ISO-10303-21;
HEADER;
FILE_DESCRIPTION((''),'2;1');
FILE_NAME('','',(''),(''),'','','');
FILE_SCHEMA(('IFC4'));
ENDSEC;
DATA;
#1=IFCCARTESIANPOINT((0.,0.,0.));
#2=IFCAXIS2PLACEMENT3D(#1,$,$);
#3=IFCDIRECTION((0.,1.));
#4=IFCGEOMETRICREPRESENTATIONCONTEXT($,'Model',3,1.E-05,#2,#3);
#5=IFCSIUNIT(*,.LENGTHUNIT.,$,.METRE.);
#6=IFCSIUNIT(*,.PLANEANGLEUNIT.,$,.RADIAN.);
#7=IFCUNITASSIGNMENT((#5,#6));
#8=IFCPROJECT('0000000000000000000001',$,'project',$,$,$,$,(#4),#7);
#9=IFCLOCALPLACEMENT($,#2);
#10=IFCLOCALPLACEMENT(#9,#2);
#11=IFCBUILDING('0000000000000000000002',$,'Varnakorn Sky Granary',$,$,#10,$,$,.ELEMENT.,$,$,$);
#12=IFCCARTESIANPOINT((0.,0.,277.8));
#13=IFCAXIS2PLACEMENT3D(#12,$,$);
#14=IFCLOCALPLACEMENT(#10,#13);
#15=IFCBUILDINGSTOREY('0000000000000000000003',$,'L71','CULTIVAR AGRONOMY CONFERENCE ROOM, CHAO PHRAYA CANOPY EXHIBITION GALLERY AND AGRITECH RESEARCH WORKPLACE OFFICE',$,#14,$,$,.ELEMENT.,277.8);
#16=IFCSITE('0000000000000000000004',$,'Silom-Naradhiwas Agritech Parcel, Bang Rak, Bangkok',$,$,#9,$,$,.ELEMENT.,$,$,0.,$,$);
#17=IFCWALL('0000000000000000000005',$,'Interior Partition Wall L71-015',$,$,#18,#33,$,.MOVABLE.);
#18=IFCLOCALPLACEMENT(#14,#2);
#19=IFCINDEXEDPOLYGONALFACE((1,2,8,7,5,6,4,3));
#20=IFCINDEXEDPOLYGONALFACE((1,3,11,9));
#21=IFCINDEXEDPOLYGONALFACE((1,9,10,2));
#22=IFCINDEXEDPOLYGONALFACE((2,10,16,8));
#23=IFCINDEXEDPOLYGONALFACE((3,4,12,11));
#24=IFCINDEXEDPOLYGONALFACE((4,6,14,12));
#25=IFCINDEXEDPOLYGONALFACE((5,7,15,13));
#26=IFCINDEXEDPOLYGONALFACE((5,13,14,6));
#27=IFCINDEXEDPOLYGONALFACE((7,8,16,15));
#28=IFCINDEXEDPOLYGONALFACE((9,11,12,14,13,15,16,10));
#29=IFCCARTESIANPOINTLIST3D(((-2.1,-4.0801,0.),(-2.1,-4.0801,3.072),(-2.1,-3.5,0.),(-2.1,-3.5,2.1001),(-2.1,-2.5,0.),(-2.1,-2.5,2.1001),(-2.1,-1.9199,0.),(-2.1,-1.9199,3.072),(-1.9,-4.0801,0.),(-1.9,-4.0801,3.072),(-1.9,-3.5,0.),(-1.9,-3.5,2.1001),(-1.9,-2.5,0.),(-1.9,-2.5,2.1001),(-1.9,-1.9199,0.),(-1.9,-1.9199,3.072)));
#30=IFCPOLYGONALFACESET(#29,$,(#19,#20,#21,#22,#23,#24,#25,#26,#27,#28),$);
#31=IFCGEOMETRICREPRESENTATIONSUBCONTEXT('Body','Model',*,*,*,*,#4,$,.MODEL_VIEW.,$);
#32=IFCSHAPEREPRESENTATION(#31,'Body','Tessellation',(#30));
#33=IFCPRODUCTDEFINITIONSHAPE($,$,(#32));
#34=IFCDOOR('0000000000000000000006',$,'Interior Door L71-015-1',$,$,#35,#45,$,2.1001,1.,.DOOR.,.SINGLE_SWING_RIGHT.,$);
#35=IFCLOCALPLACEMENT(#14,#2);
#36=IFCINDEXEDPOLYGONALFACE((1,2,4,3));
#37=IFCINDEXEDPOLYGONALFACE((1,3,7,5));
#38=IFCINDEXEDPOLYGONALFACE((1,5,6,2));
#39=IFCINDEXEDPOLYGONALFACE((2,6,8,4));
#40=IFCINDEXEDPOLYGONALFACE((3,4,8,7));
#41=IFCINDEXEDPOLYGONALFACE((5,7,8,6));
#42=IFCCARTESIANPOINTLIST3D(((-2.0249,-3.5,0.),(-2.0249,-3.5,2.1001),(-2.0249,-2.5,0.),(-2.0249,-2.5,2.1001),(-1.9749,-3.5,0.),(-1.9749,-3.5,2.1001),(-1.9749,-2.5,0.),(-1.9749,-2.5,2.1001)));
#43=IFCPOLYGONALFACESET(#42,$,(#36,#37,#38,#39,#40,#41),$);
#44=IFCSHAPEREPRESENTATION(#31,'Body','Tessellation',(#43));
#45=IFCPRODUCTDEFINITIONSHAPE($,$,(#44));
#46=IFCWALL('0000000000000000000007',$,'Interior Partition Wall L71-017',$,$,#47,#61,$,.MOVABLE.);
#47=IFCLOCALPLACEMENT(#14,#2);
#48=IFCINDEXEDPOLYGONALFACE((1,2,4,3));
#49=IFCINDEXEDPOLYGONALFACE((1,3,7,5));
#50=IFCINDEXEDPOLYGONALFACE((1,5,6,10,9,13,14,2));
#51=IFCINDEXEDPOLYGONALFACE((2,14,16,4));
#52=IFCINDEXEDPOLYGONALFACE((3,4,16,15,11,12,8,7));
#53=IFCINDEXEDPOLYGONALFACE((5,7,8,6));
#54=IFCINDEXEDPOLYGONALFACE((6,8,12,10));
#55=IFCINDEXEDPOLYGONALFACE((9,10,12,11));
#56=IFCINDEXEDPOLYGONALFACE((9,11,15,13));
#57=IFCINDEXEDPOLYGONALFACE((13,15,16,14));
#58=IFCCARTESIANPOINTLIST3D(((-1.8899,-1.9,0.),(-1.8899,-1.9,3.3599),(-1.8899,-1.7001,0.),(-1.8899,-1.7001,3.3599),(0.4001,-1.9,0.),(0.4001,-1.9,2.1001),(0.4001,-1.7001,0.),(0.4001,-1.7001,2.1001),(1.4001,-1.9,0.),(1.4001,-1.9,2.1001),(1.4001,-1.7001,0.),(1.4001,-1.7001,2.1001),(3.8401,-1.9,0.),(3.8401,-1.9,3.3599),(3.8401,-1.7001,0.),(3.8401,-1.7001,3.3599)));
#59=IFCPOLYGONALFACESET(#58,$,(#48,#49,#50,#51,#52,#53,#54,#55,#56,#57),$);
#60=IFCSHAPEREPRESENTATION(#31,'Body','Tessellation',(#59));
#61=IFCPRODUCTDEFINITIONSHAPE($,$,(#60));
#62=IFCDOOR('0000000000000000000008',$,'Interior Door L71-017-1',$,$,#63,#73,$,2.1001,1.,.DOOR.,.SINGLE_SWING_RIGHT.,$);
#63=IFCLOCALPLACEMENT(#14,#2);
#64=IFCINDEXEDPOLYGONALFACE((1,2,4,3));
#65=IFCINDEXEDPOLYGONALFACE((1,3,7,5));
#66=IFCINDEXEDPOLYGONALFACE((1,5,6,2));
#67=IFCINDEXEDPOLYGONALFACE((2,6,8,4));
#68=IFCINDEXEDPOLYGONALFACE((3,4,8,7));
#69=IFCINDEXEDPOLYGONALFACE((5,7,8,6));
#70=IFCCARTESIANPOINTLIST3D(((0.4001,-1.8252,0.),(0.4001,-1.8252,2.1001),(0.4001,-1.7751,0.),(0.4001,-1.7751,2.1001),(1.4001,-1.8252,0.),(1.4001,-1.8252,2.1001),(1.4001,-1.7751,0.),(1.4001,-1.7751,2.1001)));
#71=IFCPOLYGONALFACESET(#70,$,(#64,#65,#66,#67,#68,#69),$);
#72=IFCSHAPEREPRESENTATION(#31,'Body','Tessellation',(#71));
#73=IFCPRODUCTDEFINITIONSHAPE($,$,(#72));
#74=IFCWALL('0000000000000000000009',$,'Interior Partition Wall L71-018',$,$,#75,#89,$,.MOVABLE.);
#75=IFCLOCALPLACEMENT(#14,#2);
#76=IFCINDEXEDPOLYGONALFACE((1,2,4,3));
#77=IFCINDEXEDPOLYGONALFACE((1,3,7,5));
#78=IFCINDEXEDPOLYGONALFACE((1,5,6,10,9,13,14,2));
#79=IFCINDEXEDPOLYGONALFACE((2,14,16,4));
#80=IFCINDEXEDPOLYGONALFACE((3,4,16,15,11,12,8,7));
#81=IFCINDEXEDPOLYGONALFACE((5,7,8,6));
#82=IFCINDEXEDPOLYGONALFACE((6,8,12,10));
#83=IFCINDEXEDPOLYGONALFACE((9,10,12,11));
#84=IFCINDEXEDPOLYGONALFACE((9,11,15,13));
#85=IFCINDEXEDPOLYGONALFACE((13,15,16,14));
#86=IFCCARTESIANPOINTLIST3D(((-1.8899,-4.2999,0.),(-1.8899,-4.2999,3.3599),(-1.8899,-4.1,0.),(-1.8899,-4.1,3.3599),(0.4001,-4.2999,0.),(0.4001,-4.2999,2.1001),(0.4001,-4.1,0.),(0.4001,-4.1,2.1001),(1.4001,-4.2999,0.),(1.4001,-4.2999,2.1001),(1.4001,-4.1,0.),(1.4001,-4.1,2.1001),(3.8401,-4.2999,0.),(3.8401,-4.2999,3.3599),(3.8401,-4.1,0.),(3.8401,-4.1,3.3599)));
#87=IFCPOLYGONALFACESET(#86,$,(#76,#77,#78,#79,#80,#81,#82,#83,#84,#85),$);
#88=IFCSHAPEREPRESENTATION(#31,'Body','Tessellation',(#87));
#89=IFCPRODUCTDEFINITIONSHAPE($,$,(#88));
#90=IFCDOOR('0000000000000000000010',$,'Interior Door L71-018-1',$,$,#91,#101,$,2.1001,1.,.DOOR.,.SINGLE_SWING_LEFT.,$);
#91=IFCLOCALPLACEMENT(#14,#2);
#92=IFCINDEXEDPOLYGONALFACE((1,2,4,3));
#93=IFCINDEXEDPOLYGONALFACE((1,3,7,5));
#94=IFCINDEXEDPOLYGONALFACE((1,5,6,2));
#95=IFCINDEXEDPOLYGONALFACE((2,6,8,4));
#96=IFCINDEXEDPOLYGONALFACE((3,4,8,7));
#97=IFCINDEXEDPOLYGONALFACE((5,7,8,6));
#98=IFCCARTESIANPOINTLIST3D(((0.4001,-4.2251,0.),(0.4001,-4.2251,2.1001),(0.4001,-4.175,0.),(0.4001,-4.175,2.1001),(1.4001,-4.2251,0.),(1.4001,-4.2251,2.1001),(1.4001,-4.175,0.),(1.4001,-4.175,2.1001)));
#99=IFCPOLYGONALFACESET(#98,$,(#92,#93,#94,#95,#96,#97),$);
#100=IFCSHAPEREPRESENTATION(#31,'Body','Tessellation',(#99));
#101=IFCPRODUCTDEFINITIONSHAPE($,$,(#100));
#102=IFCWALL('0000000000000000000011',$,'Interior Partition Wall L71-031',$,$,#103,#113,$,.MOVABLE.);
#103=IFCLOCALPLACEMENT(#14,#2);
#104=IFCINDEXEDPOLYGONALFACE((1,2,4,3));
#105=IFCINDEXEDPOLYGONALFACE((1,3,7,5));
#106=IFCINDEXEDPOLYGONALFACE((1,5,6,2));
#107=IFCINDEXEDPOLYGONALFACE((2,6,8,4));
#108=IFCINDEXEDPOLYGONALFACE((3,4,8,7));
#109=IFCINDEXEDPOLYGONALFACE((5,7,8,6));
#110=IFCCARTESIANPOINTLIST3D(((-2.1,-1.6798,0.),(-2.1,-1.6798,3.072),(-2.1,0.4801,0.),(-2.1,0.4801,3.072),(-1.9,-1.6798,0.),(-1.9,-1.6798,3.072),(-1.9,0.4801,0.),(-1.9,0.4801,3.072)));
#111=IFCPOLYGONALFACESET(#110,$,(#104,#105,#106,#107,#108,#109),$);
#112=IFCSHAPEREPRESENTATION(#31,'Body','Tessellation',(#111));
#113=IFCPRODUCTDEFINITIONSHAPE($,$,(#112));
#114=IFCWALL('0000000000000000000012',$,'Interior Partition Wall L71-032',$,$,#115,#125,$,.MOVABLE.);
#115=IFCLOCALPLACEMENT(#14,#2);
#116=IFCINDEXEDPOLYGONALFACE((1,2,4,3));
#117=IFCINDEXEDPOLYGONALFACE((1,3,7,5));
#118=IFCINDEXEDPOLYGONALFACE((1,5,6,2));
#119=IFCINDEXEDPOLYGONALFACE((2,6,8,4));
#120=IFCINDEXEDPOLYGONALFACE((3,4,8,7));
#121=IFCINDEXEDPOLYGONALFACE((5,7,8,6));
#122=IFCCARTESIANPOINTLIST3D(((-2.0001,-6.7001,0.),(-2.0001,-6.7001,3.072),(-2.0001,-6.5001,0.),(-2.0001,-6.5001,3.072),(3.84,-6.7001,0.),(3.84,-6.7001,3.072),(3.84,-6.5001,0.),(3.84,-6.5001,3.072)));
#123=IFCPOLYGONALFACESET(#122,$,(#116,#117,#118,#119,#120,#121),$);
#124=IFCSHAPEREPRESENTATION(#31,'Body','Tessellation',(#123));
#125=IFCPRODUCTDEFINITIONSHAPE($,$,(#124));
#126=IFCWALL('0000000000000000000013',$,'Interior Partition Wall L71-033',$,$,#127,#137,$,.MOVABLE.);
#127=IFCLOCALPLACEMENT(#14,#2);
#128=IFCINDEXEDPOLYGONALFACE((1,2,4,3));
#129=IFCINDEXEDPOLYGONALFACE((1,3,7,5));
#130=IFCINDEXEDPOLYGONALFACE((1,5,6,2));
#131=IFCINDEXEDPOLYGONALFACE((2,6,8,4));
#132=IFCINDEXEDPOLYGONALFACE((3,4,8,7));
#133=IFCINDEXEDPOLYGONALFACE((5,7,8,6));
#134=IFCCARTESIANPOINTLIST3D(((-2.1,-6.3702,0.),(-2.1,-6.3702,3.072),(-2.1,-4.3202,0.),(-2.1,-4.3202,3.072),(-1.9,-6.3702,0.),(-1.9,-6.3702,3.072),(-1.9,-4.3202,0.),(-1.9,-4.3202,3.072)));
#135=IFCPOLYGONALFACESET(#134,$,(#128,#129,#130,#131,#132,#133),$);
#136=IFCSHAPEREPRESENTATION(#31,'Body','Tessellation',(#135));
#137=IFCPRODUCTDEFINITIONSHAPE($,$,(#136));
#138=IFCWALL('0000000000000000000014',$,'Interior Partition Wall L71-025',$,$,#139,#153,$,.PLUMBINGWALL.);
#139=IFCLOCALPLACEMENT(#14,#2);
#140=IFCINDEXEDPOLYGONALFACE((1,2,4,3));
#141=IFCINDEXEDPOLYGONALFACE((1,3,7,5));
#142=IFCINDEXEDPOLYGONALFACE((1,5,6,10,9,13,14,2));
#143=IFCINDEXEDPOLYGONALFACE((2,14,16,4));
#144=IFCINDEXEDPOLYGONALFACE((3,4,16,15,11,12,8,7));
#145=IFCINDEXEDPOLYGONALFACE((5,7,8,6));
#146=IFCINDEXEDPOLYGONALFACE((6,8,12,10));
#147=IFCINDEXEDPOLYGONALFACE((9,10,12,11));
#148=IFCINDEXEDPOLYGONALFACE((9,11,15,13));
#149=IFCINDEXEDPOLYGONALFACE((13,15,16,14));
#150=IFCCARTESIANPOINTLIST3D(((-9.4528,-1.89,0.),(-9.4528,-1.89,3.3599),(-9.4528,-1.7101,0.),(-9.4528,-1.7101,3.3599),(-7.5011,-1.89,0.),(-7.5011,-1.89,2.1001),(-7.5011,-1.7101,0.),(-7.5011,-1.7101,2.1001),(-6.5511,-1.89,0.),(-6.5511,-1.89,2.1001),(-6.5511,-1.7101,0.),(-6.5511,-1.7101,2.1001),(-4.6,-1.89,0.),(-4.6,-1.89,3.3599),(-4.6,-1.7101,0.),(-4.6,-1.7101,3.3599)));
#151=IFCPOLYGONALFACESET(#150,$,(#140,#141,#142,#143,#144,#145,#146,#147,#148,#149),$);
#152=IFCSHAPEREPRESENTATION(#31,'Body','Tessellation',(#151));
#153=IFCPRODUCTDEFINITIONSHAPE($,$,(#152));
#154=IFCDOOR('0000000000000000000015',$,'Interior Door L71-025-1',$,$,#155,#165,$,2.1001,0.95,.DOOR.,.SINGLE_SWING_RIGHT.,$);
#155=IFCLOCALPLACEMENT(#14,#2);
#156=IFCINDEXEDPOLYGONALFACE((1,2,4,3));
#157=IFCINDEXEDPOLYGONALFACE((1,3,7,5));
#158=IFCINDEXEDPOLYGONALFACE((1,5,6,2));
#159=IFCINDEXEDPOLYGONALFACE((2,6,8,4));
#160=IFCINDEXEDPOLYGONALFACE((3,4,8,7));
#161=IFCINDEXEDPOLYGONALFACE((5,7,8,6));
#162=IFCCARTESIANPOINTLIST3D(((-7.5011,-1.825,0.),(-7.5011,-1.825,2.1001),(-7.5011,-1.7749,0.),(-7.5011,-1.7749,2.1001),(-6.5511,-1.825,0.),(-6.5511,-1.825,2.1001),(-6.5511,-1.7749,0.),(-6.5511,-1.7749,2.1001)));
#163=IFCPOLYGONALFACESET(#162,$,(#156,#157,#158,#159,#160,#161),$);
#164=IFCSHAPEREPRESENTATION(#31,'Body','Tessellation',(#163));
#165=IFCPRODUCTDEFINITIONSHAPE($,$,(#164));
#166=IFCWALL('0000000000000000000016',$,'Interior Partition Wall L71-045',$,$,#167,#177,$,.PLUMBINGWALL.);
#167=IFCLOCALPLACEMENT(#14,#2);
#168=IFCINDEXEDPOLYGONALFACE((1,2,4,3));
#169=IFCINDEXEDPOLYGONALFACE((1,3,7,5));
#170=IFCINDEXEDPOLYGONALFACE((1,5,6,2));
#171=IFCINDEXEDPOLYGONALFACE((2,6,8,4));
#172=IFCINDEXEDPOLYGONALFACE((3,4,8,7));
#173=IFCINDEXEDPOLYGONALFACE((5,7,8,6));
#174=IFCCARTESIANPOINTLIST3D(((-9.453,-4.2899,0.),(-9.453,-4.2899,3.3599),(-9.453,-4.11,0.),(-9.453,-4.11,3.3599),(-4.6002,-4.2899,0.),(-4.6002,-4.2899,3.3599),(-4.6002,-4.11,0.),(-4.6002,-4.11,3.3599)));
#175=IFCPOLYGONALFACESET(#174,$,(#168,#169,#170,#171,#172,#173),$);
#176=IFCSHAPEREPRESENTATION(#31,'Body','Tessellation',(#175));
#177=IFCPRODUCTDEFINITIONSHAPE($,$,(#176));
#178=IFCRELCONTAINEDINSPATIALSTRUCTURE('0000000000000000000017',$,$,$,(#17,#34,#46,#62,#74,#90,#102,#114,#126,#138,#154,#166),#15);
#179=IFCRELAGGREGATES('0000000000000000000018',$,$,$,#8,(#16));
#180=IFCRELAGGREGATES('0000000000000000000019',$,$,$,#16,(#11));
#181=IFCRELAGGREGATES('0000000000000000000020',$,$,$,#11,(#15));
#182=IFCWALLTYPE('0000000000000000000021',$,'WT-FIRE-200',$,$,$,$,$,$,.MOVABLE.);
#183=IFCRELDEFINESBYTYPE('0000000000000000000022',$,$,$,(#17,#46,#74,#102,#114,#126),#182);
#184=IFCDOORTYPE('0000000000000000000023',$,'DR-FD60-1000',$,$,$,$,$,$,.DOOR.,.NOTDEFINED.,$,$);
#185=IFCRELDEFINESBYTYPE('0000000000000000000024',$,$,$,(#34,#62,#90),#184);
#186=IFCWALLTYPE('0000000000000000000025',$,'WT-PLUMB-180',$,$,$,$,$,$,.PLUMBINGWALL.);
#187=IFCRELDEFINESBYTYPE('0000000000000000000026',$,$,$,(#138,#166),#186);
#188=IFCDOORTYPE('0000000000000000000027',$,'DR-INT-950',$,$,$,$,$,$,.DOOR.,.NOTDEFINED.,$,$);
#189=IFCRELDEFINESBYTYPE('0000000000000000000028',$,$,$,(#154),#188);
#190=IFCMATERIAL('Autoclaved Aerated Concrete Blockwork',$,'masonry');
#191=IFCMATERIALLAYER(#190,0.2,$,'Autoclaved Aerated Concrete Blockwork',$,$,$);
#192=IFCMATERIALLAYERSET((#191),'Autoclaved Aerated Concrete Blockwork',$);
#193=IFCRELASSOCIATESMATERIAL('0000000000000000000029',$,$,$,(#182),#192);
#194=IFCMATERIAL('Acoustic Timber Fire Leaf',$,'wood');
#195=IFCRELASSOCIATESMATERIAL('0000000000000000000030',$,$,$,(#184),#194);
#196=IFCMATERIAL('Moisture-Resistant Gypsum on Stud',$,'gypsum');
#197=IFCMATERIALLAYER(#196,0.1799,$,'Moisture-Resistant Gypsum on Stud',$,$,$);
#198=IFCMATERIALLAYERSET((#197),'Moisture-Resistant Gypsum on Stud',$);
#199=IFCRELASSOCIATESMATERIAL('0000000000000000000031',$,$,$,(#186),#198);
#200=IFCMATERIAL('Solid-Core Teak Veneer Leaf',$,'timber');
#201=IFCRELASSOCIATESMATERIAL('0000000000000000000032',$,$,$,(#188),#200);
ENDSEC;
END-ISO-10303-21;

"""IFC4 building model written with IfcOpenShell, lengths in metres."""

from ifc_helpers import new_model, si_unit, direction, frame, frame_2d, origin, place, context, subcontext, project, spatial, rectangle, extrude, material, layer, layer_set, type_object, element, fill, save


model = new_model("IFC4")

# Units and contexts
model_context = context("Model", 3, precision=1e-05, world=origin(), true_north=direction((0.0, 1.0)))
body_context = subcontext(model_context, "Body", "Model", "MODEL_VIEW")
ifc_project = project(units=[si_unit("LENGTHUNIT", "METRE"), si_unit("PLANEANGLEUNIT", "RADIAN")], contexts=[model_context])

# Site, building, storey
site_placement = place(None, origin())
site = spatial("IfcSite", under=ifc_project, at=site_placement, Name="Silom-Naradhiwas Agritech Parcel, Bang Rak, Bangkok", CompositionType="ELEMENT", RefElevation=0.0)
building_placement = place(site_placement, origin())
building = spatial("IfcBuilding", under=site, at=building_placement, Name="Varnakorn Sky Granary", CompositionType="ELEMENT")
storey_placement = place(building_placement, frame((0.0, 0.0, 277.8)))
storey = spatial("IfcBuildingStorey", under=building, at=storey_placement, Name="L71", Description="CULTIVAR AGRONOMY CONFERENCE ROOM, CHAO PHRAYA CANOPY EXHIBITION GALLERY AND AGRITECH RESEARCH WORKPLACE OFFICE", CompositionType="ELEMENT", Elevation=277.8)

# Walls, openings, doors
ifc_material_1 = material(Name="Autoclaved Aerated Concrete Blockwork", Category="masonry")
ifc_layer_1 = layer(ifc_material_1, 0.2, Name="Autoclaved Aerated Concrete Blockwork")
ifc_layer_set_1 = layer_set([ifc_layer_1], Name="Autoclaved Aerated Concrete Blockwork")
wall_type_1 = type_object("IfcWallType", Name="WT-FIRE-200", PredefinedType="MOVABLE", material=ifc_layer_set_1)
wall_1_placement = place(storey_placement, frame((-2.0, -4.0801, 0.0), z_axis=(0.0, 0.0, 1.0), x_axis=(0.0, 1.0, 0.0)))
wall_1 = element("IfcWall", 1, at=wall_1_placement, inside=storey, type_object=wall_type_1, Name="Interior Partition Wall L71-015", PredefinedType="MOVABLE", context=body_context, shape_type="SweptSolid", body=[
    extrude(rectangle(XDim=2.1602, YDim=0.2, at=frame_2d((1.0801, 0.0))), origin(), (0.0, 0.0, 1.0), 3.072),
])
opening_1_placement = place(wall_1_placement, frame((0.5801, 0.0, 0.0)))
opening_1 = element("IfcOpeningElement", 2, at=opening_1_placement, cuts=wall_1, PredefinedType="OPENING", context=body_context, shape_type="SweptSolid", body=[
    extrude(rectangle(XDim=1.0, YDim=2.1001, at=frame_2d((0.5, 1.05))), frame((0.0, 0.1099, 0.0), z_axis=(0.0, -1.0, 0.0), x_axis=(1.0, 0.0, 0.0)), (0.0, 0.0, 1.0), 0.22),
])
ifc_material_2 = material(Name="Acoustic Timber Fire Leaf", Category="wood")
door_type_1 = type_object("IfcDoorType", Name="DR-FD60-1000", OperationType="NOTDEFINED", PredefinedType="DOOR", material=ifc_material_2)
door_1_placement = place(opening_1_placement, origin())
door_1 = element("IfcDoor", 3, at=door_1_placement, inside=storey, type_object=door_type_1, Name="Interior Door L71-015-1", OperationType="SINGLE_SWING_RIGHT", OverallHeight=2.1001, OverallWidth=1.0, PredefinedType="DOOR", context=body_context, shape_type="SweptSolid", body=[
    extrude(rectangle(XDim=1.0, YDim=2.1001, at=frame_2d((0.5, 1.05))), frame((0.0, 0.0249, 0.0), z_axis=(0.0, -1.0, 0.0), x_axis=(1.0, 0.0, 0.0)), (0.0, 0.0, 1.0), 0.05),
])
fill(opening_1, door_1)
wall_2_placement = place(storey_placement, frame((-1.8899, -1.8, 0.0), z_axis=(0.0, 0.0, 1.0), x_axis=(1.0, 0.0, 0.0)))
wall_2 = element("IfcWall", 4, at=wall_2_placement, inside=storey, type_object=wall_type_1, Name="Interior Partition Wall L71-017", PredefinedType="MOVABLE", context=body_context, shape_type="SweptSolid", body=[
    extrude(rectangle(XDim=5.73, YDim=0.2, at=frame_2d((2.865, 0.0))), origin(), (0.0, 0.0, 1.0), 3.3599),
])
opening_2_placement = place(wall_2_placement, frame((2.29, 0.0, 0.0)))
opening_2 = element("IfcOpeningElement", 5, at=opening_2_placement, cuts=wall_2, PredefinedType="OPENING", context=body_context, shape_type="SweptSolid", body=[
    extrude(rectangle(XDim=1.0, YDim=2.1001, at=frame_2d((0.5, 1.05))), frame((0.0, 0.1099, 0.0), z_axis=(0.0, -1.0, 0.0), x_axis=(1.0, 0.0, 0.0)), (0.0, 0.0, 1.0), 0.22),
])
door_2_placement = place(opening_2_placement, origin())
door_2 = element("IfcDoor", 6, at=door_2_placement, inside=storey, type_object=door_type_1, Name="Interior Door L71-017-1", OperationType="SINGLE_SWING_RIGHT", OverallHeight=2.1001, OverallWidth=1.0, PredefinedType="DOOR", context=body_context, shape_type="SweptSolid", body=[
    extrude(rectangle(XDim=1.0, YDim=2.1001, at=frame_2d((0.5, 1.05))), frame((0.0, 0.0249, 0.0), z_axis=(0.0, -1.0, 0.0), x_axis=(1.0, 0.0, 0.0)), (0.0, 0.0, 1.0), 0.05),
])
fill(opening_2, door_2)
wall_3_placement = place(storey_placement, frame((-1.8899, -4.2, 0.0), z_axis=(0.0, 0.0, 1.0), x_axis=(1.0, 0.0, 0.0)))
wall_3 = element("IfcWall", 7, at=wall_3_placement, inside=storey, type_object=wall_type_1, Name="Interior Partition Wall L71-018", PredefinedType="MOVABLE", context=body_context, shape_type="SweptSolid", body=[
    extrude(rectangle(XDim=5.73, YDim=0.2, at=frame_2d((2.865, 0.0))), origin(), (0.0, 0.0, 1.0), 3.3599),
])
opening_3_placement = place(wall_3_placement, frame((2.29, 0.0, 0.0)))
opening_3 = element("IfcOpeningElement", 8, at=opening_3_placement, cuts=wall_3, PredefinedType="OPENING", context=body_context, shape_type="SweptSolid", body=[
    extrude(rectangle(XDim=1.0, YDim=2.1001, at=frame_2d((0.5, 1.05))), frame((0.0, 0.1099, 0.0), z_axis=(0.0, -1.0, 0.0), x_axis=(1.0, 0.0, 0.0)), (0.0, 0.0, 1.0), 0.22),
])
door_3_placement = place(opening_3_placement, origin())
door_3 = element("IfcDoor", 9, at=door_3_placement, inside=storey, type_object=door_type_1, Name="Interior Door L71-018-1", OperationType="SINGLE_SWING_LEFT", OverallHeight=2.1001, OverallWidth=1.0, PredefinedType="DOOR", context=body_context, shape_type="SweptSolid", body=[
    extrude(rectangle(XDim=1.0, YDim=2.1001, at=frame_2d((0.5, 1.05))), frame((0.0, 0.0249, 0.0), z_axis=(0.0, -1.0, 0.0), x_axis=(1.0, 0.0, 0.0)), (0.0, 0.0, 1.0), 0.05),
])
fill(opening_3, door_3)

# Walls
wall_4_placement = place(storey_placement, frame((-2.0, -1.6799, 0.0), z_axis=(0.0, 0.0, 1.0), x_axis=(0.0, 1.0, 0.0)))
element("IfcWall", 10, at=wall_4_placement, inside=storey, type_object=wall_type_1, Name="Interior Partition Wall L71-031", PredefinedType="MOVABLE", context=body_context, shape_type="SweptSolid", body=[
    extrude(rectangle(XDim=2.1599, YDim=0.2, at=frame_2d((1.0801, 0.0))), origin(), (0.0, 0.0, 1.0), 3.072),
])
wall_5_placement = place(storey_placement, frame((-2.0, -6.6001, 0.0), z_axis=(0.0, 0.0, 1.0), x_axis=(1.0, 0.0, 0.0)))
element("IfcWall", 11, at=wall_5_placement, inside=storey, type_object=wall_type_1, Name="Interior Partition Wall L71-032", PredefinedType="MOVABLE", context=body_context, shape_type="SweptSolid", body=[
    extrude(rectangle(XDim=5.8401, YDim=0.2, at=frame_2d((2.9199, 0.0))), origin(), (0.0, 0.0, 1.0), 3.072),
])
wall_6_placement = place(storey_placement, frame((-2.0, -6.3701, 0.0), z_axis=(0.0, 0.0, 1.0), x_axis=(0.0, 1.0, 0.0)))
element("IfcWall", 12, at=wall_6_placement, inside=storey, type_object=wall_type_1, Name="Interior Partition Wall L71-033", PredefinedType="MOVABLE", context=body_context, shape_type="SweptSolid", body=[
    extrude(rectangle(XDim=2.05, YDim=0.2, at=frame_2d((1.0249, 0.0))), origin(), (0.0, 0.0, 1.0), 3.072),
])

# Wall, opening, door
ifc_material_3 = material(Name="Moisture-Resistant Gypsum on Stud", Category="gypsum")
ifc_layer_2 = layer(ifc_material_3, 0.1799, Name="Moisture-Resistant Gypsum on Stud")
ifc_layer_set_2 = layer_set([ifc_layer_2], Name="Moisture-Resistant Gypsum on Stud")
wall_type_2 = type_object("IfcWallType", Name="WT-PLUMB-180", PredefinedType="PLUMBINGWALL", material=ifc_layer_set_2)
wall_7_placement = place(storey_placement, frame((-4.6001, -1.8, 0.0), z_axis=(0.0, 0.0, 1.0), x_axis=(-1.0, 0.0, 0.0)))
wall_7 = element("IfcWall", 13, at=wall_7_placement, inside=storey, type_object=wall_type_2, Name="Interior Partition Wall L71-025", PredefinedType="PLUMBINGWALL", context=body_context, shape_type="SweptSolid", body=[
    extrude(rectangle(XDim=4.8528, YDim=0.1799, at=frame_2d((2.4263, 0.0))), origin(), (0.0, 0.0, 1.0), 3.3599),
])
opening_4_placement = place(wall_7_placement, frame((1.9509, 0.0, 0.0)))
opening_4 = element("IfcOpeningElement", 14, at=opening_4_placement, cuts=wall_7, PredefinedType="OPENING", context=body_context, shape_type="SweptSolid", body=[
    extrude(rectangle(XDim=0.95, YDim=2.1001, at=frame_2d((0.4751, 1.05))), frame((0.0, 0.1001, 0.0), z_axis=(0.0, -1.0, 0.0), x_axis=(1.0, 0.0, 0.0)), (0.0, 0.0, 1.0), 0.2),
])
ifc_material_4 = material(Name="Solid-Core Teak Veneer Leaf", Category="timber")
door_type_2 = type_object("IfcDoorType", Name="DR-INT-950", OperationType="NOTDEFINED", PredefinedType="DOOR", material=ifc_material_4)
door_4_placement = place(opening_4_placement, origin())
door_4 = element("IfcDoor", 15, at=door_4_placement, inside=storey, type_object=door_type_2, Name="Interior Door L71-025-1", OperationType="SINGLE_SWING_RIGHT", OverallHeight=2.1001, OverallWidth=0.95, PredefinedType="DOOR", context=body_context, shape_type="SweptSolid", body=[
    extrude(rectangle(XDim=0.95, YDim=2.1001, at=frame_2d((0.4751, 1.05))), frame((0.0, 0.0249, 0.0), z_axis=(0.0, -1.0, 0.0), x_axis=(1.0, 0.0, 0.0)), (0.0, 0.0, 1.0), 0.05),
])
fill(opening_4, door_4)

# Wall
wall_8_placement = place(storey_placement, frame((-9.4529, -4.2, 0.0), z_axis=(0.0, 0.0, 1.0), x_axis=(1.0, 0.0, 0.0)))
element("IfcWall", 16, at=wall_8_placement, inside=storey, type_object=wall_type_2, Name="Interior Partition Wall L71-045", PredefinedType="PLUMBINGWALL", context=body_context, shape_type="SweptSolid", body=[
    extrude(rectangle(XDim=4.8528, YDim=0.1799, at=frame_2d((2.4263, 0.0))), origin(), (0.0, 0.0, 1.0), 3.3599),
])

save(model, "model.ifc")
